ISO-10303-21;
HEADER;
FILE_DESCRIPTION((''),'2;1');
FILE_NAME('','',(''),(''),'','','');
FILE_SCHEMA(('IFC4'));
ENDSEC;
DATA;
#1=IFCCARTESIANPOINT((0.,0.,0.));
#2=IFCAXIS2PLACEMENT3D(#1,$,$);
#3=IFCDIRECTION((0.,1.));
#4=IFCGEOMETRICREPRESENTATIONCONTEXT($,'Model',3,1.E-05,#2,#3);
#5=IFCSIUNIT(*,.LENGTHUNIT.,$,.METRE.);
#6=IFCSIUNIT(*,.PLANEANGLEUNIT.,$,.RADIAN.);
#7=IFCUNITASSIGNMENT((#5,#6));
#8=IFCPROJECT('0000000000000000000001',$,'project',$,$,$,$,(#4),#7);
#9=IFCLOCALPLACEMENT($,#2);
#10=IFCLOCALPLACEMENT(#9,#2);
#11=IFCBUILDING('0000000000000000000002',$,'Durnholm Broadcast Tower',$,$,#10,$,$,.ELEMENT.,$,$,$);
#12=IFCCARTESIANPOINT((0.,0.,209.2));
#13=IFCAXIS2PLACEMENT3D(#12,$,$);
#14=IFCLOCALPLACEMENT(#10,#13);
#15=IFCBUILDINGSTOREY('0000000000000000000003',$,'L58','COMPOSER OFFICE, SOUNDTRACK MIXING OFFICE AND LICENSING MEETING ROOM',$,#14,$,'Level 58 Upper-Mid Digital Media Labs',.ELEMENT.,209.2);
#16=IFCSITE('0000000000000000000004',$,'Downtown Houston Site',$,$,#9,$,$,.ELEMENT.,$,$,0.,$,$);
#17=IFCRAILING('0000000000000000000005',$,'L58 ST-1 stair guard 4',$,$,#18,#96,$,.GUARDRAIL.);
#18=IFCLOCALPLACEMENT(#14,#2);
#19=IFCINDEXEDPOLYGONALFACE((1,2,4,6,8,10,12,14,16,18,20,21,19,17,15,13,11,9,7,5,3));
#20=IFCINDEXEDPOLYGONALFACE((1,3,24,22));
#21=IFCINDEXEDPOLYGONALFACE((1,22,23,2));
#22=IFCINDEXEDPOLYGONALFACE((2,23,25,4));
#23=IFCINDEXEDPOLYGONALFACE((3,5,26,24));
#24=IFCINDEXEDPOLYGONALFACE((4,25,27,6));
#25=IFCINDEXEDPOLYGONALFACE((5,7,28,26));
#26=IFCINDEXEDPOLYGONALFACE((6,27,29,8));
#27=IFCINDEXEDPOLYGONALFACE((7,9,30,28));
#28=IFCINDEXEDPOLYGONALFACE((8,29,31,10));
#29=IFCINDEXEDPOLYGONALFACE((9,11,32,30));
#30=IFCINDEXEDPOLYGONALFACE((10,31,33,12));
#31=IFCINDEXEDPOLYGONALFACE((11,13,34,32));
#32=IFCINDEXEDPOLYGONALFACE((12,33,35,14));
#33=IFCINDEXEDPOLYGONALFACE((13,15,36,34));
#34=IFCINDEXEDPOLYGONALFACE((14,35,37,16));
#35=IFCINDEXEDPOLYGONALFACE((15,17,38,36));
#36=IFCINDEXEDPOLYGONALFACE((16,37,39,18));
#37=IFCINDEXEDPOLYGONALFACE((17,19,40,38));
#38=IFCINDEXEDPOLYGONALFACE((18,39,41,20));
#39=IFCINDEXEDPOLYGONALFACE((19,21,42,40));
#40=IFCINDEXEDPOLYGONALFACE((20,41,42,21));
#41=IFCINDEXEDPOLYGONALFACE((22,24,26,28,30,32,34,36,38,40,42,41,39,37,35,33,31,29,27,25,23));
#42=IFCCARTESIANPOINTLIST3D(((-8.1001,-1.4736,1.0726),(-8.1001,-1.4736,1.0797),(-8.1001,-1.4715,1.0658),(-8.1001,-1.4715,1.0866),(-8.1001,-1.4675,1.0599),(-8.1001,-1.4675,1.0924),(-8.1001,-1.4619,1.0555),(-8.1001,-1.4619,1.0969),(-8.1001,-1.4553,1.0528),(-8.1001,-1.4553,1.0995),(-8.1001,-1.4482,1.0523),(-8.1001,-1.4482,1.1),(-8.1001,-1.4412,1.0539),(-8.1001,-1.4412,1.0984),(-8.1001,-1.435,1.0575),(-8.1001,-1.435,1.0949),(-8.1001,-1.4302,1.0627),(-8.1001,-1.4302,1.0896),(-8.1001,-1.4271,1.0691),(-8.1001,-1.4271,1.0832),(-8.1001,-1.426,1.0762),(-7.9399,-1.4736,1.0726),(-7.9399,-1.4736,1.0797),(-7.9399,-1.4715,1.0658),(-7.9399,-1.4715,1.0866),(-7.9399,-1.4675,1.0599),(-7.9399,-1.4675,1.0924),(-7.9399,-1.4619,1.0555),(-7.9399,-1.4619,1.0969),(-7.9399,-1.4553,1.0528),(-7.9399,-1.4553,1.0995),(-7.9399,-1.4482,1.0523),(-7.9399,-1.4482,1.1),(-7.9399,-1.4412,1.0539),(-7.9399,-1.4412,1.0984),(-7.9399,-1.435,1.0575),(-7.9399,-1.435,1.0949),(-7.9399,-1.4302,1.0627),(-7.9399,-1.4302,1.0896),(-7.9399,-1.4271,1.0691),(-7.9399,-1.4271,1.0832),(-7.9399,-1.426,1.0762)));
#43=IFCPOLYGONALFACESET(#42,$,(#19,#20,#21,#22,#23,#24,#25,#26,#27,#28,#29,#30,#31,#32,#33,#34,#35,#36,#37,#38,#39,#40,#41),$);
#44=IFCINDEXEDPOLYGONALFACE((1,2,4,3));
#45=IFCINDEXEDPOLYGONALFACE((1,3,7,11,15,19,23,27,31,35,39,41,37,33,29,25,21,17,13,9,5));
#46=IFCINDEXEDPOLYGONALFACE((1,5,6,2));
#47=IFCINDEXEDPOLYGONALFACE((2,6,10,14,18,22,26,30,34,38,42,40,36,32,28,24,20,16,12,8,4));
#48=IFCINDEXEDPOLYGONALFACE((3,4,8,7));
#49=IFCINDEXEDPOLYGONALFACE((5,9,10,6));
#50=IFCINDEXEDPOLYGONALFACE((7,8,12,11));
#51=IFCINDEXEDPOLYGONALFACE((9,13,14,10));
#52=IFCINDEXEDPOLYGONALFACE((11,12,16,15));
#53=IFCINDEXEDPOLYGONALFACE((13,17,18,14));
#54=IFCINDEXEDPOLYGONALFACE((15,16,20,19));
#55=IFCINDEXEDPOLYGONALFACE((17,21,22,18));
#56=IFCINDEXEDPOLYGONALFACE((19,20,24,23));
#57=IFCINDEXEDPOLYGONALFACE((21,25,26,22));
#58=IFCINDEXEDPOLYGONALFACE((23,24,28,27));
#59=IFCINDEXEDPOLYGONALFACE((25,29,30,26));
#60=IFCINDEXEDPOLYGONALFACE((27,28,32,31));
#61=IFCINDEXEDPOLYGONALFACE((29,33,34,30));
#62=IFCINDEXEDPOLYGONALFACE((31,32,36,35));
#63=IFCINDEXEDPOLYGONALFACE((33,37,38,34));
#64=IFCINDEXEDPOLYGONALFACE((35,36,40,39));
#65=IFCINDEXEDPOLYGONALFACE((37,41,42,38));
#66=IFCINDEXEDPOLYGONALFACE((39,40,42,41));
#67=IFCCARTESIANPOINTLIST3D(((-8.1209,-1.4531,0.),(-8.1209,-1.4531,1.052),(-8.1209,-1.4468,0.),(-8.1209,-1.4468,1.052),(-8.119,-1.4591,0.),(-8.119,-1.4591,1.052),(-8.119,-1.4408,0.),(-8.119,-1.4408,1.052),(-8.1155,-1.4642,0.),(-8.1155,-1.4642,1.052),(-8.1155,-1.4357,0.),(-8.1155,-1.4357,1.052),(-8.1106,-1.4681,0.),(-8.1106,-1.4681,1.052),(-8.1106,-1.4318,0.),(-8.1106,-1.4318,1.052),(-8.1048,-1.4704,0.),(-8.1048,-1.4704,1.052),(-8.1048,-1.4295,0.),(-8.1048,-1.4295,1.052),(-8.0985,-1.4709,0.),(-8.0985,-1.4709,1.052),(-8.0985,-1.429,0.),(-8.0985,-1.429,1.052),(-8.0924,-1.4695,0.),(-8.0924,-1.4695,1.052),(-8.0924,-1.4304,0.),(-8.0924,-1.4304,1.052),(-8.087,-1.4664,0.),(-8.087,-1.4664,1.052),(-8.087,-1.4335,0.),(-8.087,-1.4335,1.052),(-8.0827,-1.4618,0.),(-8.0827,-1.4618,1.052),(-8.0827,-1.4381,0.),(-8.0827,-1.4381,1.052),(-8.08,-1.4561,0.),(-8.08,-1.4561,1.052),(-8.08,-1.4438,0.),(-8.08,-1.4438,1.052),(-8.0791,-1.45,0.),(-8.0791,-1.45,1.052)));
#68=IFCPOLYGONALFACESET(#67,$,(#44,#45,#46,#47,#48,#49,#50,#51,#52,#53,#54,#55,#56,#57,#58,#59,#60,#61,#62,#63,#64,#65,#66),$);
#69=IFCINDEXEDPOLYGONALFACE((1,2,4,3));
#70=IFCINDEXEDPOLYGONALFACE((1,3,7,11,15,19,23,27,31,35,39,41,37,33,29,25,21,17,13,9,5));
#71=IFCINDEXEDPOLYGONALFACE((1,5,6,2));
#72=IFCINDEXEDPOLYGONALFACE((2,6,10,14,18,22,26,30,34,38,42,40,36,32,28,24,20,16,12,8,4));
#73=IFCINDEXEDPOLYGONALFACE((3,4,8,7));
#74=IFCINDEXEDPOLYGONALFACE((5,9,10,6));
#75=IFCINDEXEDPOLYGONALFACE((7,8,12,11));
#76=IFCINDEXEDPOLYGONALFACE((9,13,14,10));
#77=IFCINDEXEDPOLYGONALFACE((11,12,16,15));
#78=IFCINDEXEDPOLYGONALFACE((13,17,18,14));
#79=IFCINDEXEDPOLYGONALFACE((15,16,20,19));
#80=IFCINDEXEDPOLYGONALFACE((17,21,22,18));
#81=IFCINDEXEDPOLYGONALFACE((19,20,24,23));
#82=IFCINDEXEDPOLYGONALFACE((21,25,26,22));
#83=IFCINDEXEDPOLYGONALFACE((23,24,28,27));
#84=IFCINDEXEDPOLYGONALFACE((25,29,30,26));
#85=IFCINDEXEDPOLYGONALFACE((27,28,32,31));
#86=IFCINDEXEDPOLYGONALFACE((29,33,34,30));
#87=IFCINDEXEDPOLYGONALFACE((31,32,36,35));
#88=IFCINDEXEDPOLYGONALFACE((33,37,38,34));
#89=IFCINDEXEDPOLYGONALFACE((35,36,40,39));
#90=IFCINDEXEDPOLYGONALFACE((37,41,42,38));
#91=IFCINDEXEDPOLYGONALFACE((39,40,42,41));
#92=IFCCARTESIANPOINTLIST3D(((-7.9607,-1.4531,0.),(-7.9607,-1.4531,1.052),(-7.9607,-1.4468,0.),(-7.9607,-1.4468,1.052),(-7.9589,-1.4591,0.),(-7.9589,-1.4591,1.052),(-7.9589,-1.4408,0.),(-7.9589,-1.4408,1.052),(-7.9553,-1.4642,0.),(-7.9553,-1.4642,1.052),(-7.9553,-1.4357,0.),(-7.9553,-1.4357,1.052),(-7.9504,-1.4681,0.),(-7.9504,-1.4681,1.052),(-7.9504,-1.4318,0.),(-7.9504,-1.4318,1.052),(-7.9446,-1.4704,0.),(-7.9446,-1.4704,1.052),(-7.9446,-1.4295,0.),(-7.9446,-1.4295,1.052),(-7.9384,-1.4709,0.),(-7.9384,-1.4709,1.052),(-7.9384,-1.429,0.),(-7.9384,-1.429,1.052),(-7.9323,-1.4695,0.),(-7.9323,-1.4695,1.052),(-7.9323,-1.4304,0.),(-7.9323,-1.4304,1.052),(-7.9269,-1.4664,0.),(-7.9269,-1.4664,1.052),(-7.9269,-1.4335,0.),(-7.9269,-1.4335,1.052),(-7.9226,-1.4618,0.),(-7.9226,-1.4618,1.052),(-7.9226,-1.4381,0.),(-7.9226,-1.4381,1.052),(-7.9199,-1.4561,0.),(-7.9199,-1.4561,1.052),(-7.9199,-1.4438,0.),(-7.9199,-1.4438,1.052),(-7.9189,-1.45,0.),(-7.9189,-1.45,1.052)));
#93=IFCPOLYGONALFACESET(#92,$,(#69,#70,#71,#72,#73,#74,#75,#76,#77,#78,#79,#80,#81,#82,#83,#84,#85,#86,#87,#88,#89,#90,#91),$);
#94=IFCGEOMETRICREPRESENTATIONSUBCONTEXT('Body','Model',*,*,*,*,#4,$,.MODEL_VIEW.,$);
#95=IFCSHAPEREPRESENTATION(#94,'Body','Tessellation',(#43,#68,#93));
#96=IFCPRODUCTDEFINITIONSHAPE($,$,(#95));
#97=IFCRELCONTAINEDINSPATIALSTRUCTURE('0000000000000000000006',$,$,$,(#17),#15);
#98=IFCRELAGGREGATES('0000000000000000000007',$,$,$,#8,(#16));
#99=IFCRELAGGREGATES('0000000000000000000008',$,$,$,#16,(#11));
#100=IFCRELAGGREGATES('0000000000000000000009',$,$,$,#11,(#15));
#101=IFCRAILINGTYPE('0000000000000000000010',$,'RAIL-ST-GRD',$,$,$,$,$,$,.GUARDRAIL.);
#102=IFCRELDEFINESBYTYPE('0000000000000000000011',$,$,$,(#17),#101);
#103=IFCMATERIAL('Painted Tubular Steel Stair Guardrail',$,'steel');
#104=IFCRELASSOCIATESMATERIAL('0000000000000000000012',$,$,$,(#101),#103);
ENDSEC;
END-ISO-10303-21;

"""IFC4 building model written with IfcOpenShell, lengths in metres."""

from ifc_helpers import new_model, si_unit, direction, frame, origin, origin_2d, place, context, subcontext, project, spatial, circle, extrude, material, type_object, element, save


model = new_model("IFC4")

# Units and contexts
model_context = context("Model", 3, precision=1e-05, world=origin(), true_north=direction((0.0, 1.0)))
body_context = subcontext(model_context, "Body", "Model", "MODEL_VIEW")
ifc_project = project(units=[si_unit("LENGTHUNIT", "METRE"), si_unit("PLANEANGLEUNIT", "RADIAN")], contexts=[model_context])

# Site, building, storey
site_placement = place(None, origin())
site = spatial("IfcSite", under=ifc_project, at=site_placement, Name="Downtown Houston Site", CompositionType="ELEMENT", RefElevation=0.0)
building_placement = place(site_placement, origin())
building = spatial("IfcBuilding", under=site, at=building_placement, Name="Durnholm Broadcast Tower", CompositionType="ELEMENT")
storey_placement = place(building_placement, frame((0.0, 0.0, 209.2)))
storey = spatial("IfcBuildingStorey", under=building, at=storey_placement, Name="L58", Description="COMPOSER OFFICE, SOUNDTRACK MIXING OFFICE AND LICENSING MEETING ROOM", LongName="Level 58 Upper-Mid Digital Media Labs", CompositionType="ELEMENT", Elevation=209.2)

# Railing
ifc_material_1 = material(Name="Painted Tubular Steel Stair Guardrail", Category="steel")
railing_type_1 = type_object("IfcRailingType", Name="RAIL-ST-GRD", PredefinedType="GUARDRAIL", material=ifc_material_1)
railing_1_placement = place(storey_placement, frame((-8.1001, -1.45, 0.0)))
element("IfcRailing", 1, at=railing_1_placement, inside=storey, type_object=railing_type_1, Name="L58 ST-1 stair guard 4", PredefinedType="GUARDRAIL", context=body_context, shape_type="SweptSolid", body=[
    extrude(circle(Radius=0.0239, at=origin_2d()), frame((0.0, 0.0, 1.0762), z_axis=(1.0, 0.0, 0.0), x_axis=(0.0, 1.0, 0.0)), (0.0, 0.0, 1.0), 0.1602),
    extrude(circle(Radius=0.021, at=origin_2d()), origin(), (0.0, 0.0, 1.0), 1.052),
    extrude(circle(Radius=0.021, at=origin_2d()), frame((0.1602, 0.0, 0.0)), (0.0, 0.0, 1.0), 1.052),
])

save(model, "model.ifc")
